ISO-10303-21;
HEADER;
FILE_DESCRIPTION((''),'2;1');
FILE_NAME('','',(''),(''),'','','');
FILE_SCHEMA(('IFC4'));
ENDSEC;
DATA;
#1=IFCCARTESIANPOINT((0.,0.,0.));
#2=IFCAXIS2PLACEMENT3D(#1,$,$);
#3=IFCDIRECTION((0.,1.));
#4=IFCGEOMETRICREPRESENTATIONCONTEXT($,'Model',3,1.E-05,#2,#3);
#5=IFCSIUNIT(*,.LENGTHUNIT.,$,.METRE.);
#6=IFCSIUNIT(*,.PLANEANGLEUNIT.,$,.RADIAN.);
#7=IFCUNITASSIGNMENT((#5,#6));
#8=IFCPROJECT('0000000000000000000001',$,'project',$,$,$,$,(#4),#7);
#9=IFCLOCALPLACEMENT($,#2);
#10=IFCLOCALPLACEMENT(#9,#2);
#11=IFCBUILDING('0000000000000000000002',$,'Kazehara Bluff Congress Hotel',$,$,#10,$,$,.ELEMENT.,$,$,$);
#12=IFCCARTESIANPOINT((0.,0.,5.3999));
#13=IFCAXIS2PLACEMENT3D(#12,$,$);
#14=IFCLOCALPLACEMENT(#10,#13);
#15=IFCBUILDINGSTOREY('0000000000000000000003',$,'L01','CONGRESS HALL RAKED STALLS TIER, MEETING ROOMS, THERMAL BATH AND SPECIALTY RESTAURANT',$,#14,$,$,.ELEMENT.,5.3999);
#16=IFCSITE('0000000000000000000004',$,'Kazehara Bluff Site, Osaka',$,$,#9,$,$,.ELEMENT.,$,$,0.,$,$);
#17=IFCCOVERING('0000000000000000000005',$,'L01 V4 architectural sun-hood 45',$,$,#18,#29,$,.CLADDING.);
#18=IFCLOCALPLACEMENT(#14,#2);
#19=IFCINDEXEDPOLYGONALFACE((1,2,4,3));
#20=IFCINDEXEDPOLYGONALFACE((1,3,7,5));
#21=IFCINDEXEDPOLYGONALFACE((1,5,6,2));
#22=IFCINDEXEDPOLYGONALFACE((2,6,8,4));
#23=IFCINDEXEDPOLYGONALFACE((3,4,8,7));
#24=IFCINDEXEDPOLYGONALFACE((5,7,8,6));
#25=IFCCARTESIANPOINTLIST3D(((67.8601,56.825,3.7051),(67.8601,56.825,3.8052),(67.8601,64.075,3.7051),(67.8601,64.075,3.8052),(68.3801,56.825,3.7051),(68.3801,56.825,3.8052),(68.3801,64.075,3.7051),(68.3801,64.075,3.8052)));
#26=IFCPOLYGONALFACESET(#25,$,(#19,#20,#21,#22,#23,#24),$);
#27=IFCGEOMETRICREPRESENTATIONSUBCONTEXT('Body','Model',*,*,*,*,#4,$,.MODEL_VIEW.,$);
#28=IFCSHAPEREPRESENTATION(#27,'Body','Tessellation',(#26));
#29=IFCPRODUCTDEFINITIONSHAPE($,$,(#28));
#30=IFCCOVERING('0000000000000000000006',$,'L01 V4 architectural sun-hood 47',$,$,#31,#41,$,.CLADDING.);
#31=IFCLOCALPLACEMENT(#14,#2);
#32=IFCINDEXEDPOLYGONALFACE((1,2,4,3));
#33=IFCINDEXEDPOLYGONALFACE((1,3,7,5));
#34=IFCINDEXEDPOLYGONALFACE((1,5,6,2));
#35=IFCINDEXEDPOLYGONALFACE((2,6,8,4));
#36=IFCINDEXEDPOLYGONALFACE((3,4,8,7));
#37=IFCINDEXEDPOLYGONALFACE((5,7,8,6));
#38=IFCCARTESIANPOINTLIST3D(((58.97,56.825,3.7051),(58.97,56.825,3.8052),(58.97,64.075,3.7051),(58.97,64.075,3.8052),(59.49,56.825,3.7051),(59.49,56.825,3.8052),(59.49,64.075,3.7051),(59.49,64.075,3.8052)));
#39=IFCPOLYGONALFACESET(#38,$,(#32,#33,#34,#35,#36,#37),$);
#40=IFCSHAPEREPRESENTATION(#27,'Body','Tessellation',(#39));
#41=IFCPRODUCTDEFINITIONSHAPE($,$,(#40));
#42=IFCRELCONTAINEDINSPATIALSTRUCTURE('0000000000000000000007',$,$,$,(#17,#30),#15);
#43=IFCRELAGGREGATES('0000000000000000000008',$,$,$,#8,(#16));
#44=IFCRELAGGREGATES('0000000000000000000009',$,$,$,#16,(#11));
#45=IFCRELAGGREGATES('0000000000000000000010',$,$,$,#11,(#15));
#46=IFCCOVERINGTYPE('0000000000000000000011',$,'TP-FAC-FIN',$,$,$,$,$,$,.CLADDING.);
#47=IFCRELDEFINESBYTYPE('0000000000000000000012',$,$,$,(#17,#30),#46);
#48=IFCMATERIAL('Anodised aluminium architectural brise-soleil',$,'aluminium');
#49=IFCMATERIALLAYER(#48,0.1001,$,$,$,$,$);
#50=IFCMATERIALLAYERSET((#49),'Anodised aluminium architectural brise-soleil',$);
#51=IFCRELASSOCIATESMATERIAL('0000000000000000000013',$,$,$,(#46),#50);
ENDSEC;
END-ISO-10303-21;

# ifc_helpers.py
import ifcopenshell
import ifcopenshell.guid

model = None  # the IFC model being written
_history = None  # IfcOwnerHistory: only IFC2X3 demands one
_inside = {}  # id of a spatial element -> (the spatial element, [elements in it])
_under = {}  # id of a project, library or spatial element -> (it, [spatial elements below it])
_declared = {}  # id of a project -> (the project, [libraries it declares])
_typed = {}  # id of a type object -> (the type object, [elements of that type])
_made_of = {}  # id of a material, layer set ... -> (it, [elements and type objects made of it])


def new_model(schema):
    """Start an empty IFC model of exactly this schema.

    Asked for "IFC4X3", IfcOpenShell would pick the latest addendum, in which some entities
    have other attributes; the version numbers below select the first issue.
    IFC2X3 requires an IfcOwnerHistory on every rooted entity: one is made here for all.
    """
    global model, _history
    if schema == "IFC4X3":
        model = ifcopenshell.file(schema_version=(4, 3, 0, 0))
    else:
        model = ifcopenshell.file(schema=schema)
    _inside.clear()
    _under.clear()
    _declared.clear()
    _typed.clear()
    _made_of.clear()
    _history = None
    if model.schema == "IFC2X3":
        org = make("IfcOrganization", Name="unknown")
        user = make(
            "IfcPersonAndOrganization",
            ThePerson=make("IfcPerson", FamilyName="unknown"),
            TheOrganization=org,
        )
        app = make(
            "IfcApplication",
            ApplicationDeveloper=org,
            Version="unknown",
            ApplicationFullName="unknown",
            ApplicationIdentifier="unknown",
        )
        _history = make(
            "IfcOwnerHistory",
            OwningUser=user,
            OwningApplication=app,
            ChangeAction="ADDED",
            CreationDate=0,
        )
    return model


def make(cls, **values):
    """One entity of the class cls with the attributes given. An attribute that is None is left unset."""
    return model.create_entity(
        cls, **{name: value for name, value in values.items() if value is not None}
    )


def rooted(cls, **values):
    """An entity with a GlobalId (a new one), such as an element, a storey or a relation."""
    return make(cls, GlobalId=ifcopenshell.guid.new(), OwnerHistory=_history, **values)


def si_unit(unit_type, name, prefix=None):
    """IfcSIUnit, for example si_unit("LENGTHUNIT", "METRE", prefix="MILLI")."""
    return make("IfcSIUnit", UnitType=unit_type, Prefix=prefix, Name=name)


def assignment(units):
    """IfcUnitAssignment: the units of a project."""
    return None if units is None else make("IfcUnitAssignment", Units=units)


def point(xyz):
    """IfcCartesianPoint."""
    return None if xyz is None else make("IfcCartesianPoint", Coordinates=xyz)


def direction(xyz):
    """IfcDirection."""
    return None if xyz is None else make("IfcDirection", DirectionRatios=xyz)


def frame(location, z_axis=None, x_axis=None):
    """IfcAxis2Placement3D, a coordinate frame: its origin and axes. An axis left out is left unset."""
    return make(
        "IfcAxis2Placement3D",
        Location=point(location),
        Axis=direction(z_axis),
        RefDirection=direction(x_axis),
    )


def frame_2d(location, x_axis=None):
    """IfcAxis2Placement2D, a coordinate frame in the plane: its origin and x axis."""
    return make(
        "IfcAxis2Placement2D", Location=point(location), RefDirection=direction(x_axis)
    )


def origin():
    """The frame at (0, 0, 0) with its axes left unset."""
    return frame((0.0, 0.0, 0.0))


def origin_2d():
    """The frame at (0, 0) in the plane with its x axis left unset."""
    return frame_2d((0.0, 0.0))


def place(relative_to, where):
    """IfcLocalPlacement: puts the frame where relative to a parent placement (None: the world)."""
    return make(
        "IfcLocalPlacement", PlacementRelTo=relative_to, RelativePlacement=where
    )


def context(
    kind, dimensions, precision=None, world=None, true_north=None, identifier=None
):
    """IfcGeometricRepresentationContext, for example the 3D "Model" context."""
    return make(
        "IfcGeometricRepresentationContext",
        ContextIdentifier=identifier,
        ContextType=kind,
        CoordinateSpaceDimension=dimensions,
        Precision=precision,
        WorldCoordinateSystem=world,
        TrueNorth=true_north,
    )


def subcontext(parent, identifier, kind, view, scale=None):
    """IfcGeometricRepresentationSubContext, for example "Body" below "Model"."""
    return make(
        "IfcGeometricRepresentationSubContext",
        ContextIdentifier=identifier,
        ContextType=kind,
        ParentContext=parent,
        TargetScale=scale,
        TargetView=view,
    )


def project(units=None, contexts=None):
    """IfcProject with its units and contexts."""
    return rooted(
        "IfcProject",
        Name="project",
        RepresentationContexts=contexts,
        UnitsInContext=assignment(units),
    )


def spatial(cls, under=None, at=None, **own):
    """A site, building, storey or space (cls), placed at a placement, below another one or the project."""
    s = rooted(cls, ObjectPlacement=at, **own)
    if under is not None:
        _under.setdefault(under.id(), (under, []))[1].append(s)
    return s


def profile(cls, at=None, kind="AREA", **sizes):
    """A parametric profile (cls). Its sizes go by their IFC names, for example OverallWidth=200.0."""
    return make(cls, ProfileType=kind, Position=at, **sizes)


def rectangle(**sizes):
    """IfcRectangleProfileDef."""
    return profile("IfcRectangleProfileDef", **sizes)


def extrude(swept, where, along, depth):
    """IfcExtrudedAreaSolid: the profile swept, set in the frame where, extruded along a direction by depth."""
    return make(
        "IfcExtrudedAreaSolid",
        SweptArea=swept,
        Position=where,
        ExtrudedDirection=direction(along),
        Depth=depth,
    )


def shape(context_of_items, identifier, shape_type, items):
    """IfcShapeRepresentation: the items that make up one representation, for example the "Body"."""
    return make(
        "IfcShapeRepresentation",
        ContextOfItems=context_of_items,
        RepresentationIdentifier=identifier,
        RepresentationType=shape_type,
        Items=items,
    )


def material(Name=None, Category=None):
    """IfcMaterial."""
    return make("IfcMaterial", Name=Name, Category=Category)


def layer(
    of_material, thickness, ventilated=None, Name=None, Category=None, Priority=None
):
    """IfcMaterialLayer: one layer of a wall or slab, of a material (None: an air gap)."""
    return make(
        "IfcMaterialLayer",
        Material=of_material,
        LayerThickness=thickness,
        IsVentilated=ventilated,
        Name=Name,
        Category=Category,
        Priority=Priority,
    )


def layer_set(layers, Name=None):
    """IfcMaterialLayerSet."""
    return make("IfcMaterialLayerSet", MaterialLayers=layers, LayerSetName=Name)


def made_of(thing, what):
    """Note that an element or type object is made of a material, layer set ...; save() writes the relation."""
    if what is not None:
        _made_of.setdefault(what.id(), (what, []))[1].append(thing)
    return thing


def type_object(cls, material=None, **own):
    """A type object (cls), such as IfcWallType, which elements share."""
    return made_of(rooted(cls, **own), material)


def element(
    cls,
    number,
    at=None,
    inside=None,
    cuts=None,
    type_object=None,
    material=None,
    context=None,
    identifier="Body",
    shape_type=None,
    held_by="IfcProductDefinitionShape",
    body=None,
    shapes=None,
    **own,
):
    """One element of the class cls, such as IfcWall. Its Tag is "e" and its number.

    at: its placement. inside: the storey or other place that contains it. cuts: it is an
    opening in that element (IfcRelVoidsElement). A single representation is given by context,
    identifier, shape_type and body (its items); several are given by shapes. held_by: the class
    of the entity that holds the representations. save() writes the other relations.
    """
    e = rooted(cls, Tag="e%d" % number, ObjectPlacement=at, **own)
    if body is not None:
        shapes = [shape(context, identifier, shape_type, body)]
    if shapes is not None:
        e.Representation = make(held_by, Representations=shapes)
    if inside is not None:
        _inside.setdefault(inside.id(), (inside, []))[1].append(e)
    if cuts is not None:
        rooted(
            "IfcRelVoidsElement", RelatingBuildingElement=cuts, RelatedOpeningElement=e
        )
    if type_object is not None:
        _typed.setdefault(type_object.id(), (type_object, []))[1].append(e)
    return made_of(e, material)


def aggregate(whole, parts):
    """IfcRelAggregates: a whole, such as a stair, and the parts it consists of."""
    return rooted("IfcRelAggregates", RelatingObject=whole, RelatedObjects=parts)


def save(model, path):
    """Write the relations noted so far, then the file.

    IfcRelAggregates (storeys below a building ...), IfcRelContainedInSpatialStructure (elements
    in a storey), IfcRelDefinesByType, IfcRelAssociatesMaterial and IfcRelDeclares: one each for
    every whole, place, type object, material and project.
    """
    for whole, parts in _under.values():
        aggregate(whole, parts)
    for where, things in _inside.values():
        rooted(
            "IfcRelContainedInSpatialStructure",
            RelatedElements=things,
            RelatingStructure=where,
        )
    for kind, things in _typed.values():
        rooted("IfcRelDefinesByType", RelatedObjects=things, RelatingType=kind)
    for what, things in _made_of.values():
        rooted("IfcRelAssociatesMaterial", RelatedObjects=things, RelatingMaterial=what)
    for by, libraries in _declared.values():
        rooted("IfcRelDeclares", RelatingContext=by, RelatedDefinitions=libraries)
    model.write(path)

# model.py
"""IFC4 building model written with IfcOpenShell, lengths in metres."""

from ifc_helpers import new_model, si_unit, direction, frame, origin, origin_2d, place, context, subcontext, project, spatial, rectangle, extrude, material, layer, layer_set, type_object, element, save


model = new_model("IFC4")

# Units and contexts
model_context = context("Model", 3, precision=1e-05, world=origin(), true_north=direction((0.0, 1.0)))
body_context = subcontext(model_context, "Body", "Model", "MODEL_VIEW")
ifc_project = project(units=[si_unit("LENGTHUNIT", "METRE"), si_unit("PLANEANGLEUNIT", "RADIAN")], contexts=[model_context])

# Site, building, storey
site_placement = place(None, origin())
site = spatial("IfcSite", under=ifc_project, at=site_placement, Name="Kazehara Bluff Site, Osaka", CompositionType="ELEMENT", RefElevation=0.0)
building_placement = place(site_placement, origin())
building = spatial("IfcBuilding", under=site, at=building_placement, Name="Kazehara Bluff Congress Hotel", CompositionType="ELEMENT")
storey_placement = place(building_placement, frame((0.0, 0.0, 5.3999)))
storey = spatial("IfcBuildingStorey", under=building, at=storey_placement, Name="L01", Description="CONGRESS HALL RAKED STALLS TIER, MEETING ROOMS, THERMAL BATH AND SPECIALTY RESTAURANT", CompositionType="ELEMENT", Elevation=5.3999)

# Coverings
ifc_material_1 = material(Name="Anodised aluminium architectural brise-soleil", Category="aluminium")
ifc_layer_1 = layer(ifc_material_1, 0.1001)
ifc_layer_set_1 = layer_set([ifc_layer_1], Name="Anodised aluminium architectural brise-soleil")
covering_type = type_object("IfcCoveringType", Name="TP-FAC-FIN", PredefinedType="CLADDING", material=ifc_layer_set_1)
for number, where, z_axis, x_axis, name in (
    (1, (68.1201, 60.45, 3.7051), (0.0, 0.0, 1.0), (1.0, 0.0, 0.0), "L01 V4 architectural sun-hood 45"),
    (2, (59.23, 60.45, 3.7051), (0.0, 0.0, 1.0), (1.0, 0.0, 0.0), "L01 V4 architectural sun-hood 47"),
):
    element("IfcCovering", number, at=place(storey_placement, frame(where, z_axis=z_axis, x_axis=x_axis)), inside=storey, type_object=covering_type, Name=name, PredefinedType="CLADDING", context=body_context, shape_type="SweptSolid", body=[
        extrude(rectangle(XDim=0.52, YDim=7.25, at=origin_2d()), origin(), (0.0, 0.0, 1.0), 0.1001),
    ])

save(model, "model.ifc")
